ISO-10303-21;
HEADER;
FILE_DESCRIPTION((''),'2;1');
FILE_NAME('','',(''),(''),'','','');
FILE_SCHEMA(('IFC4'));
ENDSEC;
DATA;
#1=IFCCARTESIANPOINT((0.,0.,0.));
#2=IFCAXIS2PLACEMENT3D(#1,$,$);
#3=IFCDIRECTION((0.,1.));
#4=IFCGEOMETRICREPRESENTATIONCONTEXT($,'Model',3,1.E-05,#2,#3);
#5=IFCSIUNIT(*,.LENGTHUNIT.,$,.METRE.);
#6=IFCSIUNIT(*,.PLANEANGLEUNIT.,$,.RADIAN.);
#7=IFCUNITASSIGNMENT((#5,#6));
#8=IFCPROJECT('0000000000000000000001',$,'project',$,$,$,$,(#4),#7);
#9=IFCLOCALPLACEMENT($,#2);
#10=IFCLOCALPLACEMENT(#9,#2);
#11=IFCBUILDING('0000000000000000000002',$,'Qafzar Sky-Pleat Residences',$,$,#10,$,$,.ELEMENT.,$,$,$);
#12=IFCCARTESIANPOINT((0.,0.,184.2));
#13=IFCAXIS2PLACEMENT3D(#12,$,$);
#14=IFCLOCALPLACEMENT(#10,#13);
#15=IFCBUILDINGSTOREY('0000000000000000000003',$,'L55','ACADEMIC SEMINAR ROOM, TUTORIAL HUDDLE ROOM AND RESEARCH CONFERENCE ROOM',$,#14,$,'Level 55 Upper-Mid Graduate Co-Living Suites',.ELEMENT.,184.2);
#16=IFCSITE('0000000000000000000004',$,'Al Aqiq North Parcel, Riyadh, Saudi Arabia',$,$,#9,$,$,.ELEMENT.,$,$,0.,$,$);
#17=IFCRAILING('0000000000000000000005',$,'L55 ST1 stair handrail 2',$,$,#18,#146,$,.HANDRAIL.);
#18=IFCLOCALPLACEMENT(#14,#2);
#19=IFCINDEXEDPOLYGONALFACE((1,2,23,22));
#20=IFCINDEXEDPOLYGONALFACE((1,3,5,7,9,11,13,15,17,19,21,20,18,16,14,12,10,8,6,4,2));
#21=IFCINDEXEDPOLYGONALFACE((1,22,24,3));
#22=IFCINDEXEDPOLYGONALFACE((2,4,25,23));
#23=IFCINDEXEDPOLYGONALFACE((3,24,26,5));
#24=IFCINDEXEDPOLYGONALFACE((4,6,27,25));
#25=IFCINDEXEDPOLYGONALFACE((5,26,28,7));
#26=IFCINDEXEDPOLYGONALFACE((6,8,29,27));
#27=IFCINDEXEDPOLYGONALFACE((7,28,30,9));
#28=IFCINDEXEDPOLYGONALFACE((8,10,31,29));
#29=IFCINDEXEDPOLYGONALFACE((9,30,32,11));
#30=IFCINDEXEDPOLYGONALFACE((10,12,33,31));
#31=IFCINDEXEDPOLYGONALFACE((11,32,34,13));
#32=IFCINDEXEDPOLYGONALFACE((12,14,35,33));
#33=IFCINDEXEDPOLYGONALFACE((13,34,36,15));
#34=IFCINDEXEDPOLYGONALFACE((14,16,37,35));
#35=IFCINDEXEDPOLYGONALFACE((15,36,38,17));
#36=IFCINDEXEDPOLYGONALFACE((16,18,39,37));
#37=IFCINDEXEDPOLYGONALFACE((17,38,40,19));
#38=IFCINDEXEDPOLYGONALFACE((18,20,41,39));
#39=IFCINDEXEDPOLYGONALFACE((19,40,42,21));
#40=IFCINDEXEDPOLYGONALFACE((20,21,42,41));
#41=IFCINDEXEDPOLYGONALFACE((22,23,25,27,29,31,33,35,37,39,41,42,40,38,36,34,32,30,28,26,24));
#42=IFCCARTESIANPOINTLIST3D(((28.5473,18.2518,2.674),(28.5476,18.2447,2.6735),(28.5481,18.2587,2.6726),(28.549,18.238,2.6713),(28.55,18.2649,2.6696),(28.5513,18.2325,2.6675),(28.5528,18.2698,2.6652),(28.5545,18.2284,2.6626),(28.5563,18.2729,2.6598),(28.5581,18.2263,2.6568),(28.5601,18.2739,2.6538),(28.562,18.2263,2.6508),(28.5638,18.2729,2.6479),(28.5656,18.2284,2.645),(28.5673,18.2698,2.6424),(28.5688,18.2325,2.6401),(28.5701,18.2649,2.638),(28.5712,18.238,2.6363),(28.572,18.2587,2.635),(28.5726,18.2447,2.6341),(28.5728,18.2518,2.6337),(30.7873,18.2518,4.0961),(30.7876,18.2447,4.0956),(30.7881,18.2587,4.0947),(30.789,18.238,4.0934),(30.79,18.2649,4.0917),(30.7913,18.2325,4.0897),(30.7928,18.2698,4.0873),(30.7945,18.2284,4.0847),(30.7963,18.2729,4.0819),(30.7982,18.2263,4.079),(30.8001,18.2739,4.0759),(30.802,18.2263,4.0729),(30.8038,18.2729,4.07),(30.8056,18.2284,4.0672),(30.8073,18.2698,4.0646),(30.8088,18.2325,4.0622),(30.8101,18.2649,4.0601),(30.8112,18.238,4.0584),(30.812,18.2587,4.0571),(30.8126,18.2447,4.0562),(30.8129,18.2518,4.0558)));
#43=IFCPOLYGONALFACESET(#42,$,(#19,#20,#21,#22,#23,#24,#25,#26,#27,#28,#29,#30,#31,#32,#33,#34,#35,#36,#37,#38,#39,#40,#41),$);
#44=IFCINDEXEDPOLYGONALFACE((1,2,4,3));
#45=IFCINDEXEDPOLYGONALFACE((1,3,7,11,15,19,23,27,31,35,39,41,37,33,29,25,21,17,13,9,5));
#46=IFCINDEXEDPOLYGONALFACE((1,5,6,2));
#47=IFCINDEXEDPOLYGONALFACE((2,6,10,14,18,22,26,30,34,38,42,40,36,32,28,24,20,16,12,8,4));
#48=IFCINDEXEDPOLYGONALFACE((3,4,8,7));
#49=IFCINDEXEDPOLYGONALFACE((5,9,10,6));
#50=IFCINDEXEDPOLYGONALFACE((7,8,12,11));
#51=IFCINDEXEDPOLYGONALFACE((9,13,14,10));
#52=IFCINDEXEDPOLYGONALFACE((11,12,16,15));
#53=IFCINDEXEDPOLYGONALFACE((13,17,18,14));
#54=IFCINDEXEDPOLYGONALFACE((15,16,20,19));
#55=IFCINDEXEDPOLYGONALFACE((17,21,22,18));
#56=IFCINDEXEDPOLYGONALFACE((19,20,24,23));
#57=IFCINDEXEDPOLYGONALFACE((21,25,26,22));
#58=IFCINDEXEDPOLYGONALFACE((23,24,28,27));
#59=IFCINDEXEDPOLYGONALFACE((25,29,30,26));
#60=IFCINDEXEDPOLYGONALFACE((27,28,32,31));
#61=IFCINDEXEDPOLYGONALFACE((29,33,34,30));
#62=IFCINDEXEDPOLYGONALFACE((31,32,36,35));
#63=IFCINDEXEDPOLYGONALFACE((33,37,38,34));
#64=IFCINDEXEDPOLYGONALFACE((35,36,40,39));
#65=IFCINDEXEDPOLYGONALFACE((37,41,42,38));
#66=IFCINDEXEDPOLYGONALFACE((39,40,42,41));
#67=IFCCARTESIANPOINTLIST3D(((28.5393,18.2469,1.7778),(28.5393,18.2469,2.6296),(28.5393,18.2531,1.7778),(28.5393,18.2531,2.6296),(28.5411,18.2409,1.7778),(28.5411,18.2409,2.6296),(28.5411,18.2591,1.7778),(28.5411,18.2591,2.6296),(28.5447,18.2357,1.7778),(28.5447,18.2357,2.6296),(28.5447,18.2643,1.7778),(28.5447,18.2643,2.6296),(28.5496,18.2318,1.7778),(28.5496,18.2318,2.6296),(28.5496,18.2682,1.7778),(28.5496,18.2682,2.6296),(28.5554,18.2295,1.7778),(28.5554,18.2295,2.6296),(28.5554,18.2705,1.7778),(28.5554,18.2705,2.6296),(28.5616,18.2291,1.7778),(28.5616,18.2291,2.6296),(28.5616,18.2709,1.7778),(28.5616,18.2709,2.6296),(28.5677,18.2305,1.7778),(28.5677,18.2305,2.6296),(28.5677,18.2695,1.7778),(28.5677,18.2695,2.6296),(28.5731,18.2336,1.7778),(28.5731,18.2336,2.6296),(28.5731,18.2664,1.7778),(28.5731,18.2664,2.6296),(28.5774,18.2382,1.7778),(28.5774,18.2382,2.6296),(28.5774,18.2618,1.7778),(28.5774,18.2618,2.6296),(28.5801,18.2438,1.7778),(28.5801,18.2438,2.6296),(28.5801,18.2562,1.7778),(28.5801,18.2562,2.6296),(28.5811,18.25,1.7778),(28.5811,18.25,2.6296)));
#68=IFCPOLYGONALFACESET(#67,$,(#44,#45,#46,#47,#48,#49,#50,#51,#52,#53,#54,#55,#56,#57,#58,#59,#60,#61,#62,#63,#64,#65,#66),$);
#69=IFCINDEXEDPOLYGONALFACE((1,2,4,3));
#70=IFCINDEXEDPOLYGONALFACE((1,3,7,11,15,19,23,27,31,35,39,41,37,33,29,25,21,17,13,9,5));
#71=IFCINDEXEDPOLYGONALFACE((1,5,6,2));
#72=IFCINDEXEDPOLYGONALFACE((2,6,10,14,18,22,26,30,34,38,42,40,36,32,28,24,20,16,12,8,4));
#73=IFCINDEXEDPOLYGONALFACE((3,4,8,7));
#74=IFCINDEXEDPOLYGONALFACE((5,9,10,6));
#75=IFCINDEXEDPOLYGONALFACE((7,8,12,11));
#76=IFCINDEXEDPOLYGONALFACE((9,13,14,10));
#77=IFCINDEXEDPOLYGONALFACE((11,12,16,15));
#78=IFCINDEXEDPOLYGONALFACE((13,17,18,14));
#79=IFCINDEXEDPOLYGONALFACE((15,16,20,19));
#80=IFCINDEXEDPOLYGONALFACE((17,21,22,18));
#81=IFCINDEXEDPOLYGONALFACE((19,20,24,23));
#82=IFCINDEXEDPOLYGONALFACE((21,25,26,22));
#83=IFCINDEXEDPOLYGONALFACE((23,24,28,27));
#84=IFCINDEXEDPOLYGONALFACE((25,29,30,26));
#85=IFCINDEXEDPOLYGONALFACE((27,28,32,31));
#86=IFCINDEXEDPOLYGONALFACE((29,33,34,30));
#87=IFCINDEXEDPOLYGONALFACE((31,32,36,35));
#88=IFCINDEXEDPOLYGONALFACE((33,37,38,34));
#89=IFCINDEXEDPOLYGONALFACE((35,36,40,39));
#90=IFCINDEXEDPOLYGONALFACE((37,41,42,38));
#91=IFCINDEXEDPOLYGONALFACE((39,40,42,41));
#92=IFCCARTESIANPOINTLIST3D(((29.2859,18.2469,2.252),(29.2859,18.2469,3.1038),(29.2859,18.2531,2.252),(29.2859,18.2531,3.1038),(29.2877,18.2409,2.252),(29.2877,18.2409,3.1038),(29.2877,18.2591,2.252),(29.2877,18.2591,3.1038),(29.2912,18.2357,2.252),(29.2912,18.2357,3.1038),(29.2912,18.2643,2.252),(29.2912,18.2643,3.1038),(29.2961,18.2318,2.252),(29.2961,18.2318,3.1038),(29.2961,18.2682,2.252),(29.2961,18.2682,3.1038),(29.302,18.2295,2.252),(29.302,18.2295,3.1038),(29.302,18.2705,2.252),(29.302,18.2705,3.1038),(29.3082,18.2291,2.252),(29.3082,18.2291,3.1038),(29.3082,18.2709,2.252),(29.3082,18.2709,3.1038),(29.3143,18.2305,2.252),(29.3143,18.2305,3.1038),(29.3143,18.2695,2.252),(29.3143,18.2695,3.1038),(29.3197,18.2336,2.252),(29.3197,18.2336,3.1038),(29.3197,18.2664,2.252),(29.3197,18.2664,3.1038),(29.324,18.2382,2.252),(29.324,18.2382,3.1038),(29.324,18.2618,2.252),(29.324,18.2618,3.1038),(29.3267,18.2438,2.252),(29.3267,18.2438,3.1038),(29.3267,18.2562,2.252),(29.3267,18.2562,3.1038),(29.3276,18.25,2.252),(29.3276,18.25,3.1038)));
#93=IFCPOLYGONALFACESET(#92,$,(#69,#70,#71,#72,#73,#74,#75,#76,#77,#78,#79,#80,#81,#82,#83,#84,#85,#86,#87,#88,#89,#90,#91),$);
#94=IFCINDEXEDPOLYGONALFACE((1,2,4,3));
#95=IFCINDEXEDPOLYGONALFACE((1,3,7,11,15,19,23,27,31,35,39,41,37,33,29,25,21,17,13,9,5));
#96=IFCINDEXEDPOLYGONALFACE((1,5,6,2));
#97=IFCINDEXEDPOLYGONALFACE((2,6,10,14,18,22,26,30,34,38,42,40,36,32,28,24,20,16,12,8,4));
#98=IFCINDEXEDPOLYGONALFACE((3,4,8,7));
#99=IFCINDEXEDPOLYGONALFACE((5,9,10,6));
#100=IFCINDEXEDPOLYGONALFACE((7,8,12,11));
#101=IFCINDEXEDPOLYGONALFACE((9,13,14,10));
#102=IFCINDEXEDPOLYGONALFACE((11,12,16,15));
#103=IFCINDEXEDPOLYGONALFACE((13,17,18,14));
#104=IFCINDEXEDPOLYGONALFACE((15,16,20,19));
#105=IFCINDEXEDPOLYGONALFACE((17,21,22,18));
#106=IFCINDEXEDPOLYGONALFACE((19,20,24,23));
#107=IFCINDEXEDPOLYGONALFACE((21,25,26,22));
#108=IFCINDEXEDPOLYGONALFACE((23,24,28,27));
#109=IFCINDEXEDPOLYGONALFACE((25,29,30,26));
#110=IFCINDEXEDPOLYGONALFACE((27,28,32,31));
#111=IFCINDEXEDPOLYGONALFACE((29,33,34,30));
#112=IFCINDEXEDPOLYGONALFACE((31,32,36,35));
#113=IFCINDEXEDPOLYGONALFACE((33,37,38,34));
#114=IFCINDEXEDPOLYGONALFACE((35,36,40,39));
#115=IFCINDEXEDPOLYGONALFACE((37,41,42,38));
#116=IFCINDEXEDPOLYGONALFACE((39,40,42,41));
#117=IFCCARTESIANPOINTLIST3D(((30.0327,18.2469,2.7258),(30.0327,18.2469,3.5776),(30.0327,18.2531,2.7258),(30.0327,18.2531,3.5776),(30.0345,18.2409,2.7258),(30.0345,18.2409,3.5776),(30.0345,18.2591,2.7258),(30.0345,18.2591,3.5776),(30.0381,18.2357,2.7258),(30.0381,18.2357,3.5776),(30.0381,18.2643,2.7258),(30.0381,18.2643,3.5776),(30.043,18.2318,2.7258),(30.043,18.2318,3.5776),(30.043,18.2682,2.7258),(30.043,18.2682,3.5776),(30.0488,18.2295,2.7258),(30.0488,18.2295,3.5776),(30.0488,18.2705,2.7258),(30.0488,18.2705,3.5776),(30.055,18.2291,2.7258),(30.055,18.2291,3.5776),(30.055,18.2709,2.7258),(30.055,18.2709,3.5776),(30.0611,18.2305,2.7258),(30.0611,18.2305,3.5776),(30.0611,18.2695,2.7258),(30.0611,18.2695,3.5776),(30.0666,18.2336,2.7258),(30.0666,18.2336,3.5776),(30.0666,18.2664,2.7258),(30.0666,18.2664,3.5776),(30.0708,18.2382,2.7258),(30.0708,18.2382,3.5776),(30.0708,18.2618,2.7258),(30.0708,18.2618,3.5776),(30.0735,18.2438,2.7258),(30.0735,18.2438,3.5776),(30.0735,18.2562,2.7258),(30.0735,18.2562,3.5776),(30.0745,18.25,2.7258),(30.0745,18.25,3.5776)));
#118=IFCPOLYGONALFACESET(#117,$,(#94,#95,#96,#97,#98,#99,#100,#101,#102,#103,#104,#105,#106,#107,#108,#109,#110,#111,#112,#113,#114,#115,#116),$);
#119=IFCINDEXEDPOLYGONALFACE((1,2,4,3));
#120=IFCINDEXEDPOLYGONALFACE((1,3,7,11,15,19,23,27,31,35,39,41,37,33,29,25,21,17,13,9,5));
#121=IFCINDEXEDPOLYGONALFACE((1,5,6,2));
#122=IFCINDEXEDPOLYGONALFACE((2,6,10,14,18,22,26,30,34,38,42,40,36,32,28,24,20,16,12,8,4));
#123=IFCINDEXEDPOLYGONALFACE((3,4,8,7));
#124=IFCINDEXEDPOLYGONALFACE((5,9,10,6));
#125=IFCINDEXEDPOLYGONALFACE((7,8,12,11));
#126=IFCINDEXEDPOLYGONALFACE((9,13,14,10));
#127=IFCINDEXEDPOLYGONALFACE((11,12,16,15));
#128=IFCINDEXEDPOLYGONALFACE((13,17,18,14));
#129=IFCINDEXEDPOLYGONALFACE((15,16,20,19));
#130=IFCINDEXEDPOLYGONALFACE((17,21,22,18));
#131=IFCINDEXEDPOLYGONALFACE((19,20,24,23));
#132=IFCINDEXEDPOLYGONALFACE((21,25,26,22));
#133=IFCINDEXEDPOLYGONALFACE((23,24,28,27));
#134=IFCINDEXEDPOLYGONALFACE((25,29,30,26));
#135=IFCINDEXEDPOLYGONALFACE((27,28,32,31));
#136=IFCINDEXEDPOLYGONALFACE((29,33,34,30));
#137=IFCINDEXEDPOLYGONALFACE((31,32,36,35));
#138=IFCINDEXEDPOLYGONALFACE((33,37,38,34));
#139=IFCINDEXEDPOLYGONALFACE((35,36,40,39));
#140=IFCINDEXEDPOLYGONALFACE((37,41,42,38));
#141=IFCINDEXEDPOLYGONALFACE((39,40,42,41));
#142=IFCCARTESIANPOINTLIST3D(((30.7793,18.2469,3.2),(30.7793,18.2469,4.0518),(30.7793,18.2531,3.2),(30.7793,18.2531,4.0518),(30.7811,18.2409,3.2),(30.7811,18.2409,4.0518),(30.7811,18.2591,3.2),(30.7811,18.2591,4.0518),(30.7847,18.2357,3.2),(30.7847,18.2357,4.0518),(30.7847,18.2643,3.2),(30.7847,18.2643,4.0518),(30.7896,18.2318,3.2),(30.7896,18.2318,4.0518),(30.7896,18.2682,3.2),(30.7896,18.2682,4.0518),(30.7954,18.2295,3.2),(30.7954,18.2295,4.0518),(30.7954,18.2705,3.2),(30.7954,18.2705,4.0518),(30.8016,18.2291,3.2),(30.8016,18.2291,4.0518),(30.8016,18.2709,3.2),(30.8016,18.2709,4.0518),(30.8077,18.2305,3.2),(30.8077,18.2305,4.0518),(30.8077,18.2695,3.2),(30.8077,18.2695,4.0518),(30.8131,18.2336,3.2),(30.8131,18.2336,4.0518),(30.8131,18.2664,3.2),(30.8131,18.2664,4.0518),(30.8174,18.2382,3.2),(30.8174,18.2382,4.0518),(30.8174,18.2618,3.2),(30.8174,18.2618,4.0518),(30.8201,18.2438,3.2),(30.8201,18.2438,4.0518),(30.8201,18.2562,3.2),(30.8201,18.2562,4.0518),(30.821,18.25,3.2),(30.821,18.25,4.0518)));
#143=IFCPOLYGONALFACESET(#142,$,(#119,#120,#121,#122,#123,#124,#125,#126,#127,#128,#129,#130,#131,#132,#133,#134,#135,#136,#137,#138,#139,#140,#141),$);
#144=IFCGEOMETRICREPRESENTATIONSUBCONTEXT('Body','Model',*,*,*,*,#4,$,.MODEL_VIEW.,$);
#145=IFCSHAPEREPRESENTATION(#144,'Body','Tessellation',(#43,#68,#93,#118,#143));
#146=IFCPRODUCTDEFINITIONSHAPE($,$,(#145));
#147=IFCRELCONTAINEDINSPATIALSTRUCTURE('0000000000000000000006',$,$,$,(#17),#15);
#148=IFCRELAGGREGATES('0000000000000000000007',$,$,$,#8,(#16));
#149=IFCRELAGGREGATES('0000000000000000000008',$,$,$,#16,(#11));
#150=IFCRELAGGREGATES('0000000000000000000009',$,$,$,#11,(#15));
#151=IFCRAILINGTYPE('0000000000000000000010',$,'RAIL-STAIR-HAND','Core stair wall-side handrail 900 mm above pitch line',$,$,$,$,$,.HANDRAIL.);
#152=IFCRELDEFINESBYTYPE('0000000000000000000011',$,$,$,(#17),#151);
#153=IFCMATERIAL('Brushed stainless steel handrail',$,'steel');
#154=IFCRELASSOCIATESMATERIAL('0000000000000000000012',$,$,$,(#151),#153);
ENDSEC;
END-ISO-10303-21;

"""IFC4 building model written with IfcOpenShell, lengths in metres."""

from ifc_helpers import new_model, si_unit, direction, frame, origin, origin_2d, place, context, subcontext, project, spatial, circle, extrude, source, transform, mapped, material, type_object, element, save


model = new_model("IFC4")

# Units and contexts
model_context = context("Model", 3, precision=1e-05, world=origin(), true_north=direction((0.0, 1.0)))
body_context = subcontext(model_context, "Body", "Model", "MODEL_VIEW")
ifc_project = project(units=[si_unit("LENGTHUNIT", "METRE"), si_unit("PLANEANGLEUNIT", "RADIAN")], contexts=[model_context])

# Site, building, storey
site_placement = place(None, origin())
site = spatial("IfcSite", under=ifc_project, at=site_placement, Name="Al Aqiq North Parcel, Riyadh, Saudi Arabia", CompositionType="ELEMENT", RefElevation=0.0)
building_placement = place(site_placement, origin())
building = spatial("IfcBuilding", under=site, at=building_placement, Name="Qafzar Sky-Pleat Residences", CompositionType="ELEMENT")
storey_placement = place(building_placement, frame((0.0, 0.0, 184.2)))
storey = spatial("IfcBuildingStorey", under=building, at=storey_placement, Name="L55", Description="ACADEMIC SEMINAR ROOM, TUTORIAL HUDDLE ROOM AND RESEARCH CONFERENCE ROOM", LongName="Level 55 Upper-Mid Graduate Co-Living Suites", CompositionType="ELEMENT", Elevation=184.2)

# Railing
ifc_material_1 = material(Name="Brushed stainless steel handrail", Category="steel")
railing_type_1 = type_object("IfcRailingType", Name="RAIL-STAIR-HAND", Description="Core stair wall-side handrail 900 mm above pitch line", PredefinedType="HANDRAIL", material=ifc_material_1)
shared_shape_1 = source(origin(), body_context, "Body", "SweptSolid", [
    extrude(circle(Radius=0.0239, at=origin_2d()), frame((0.0, 0.0, 0.876), z_axis=(0.844229, 0.0, 0.535982), x_axis=(0.0, 1.0, 0.0)), (0.0, 0.0, 1.0), 2.6533),
    extrude(circle(Radius=0.021, at=origin_2d()), origin(), (0.0, 0.0, 1.0), 0.8518),
    extrude(circle(Radius=0.021, at=origin_2d()), frame((0.7466, 0.0, 0.4741)), (0.0, 0.0, 1.0), 0.8518),
    extrude(circle(Radius=0.021, at=origin_2d()), frame((1.4934, 0.0, 0.948)), (0.0, 0.0, 1.0), 0.8518),
    extrude(circle(Radius=0.021, at=origin_2d()), frame((2.24, 0.0, 1.4221)), (0.0, 0.0, 1.0), 0.8518),
])
railing_1_placement = place(storey_placement, frame((28.5601, 18.25, 1.7778)))
element("IfcRailing", 1, at=railing_1_placement, inside=storey, type_object=railing_type_1, Name="L55 ST1 stair handrail 2", PredefinedType="HANDRAIL", context=body_context, shape_type="MappedRepresentation", body=[
    mapped(shared_shape_1, transform((0.0, 0.0, 0.0), x_axis=(1.0, 0.0, 0.0), y_axis=(0.0, 1.0, 0.0), z_axis=(0.0, 0.0, 1.0), scale=1.0)),
])

save(model, "model.ifc")
